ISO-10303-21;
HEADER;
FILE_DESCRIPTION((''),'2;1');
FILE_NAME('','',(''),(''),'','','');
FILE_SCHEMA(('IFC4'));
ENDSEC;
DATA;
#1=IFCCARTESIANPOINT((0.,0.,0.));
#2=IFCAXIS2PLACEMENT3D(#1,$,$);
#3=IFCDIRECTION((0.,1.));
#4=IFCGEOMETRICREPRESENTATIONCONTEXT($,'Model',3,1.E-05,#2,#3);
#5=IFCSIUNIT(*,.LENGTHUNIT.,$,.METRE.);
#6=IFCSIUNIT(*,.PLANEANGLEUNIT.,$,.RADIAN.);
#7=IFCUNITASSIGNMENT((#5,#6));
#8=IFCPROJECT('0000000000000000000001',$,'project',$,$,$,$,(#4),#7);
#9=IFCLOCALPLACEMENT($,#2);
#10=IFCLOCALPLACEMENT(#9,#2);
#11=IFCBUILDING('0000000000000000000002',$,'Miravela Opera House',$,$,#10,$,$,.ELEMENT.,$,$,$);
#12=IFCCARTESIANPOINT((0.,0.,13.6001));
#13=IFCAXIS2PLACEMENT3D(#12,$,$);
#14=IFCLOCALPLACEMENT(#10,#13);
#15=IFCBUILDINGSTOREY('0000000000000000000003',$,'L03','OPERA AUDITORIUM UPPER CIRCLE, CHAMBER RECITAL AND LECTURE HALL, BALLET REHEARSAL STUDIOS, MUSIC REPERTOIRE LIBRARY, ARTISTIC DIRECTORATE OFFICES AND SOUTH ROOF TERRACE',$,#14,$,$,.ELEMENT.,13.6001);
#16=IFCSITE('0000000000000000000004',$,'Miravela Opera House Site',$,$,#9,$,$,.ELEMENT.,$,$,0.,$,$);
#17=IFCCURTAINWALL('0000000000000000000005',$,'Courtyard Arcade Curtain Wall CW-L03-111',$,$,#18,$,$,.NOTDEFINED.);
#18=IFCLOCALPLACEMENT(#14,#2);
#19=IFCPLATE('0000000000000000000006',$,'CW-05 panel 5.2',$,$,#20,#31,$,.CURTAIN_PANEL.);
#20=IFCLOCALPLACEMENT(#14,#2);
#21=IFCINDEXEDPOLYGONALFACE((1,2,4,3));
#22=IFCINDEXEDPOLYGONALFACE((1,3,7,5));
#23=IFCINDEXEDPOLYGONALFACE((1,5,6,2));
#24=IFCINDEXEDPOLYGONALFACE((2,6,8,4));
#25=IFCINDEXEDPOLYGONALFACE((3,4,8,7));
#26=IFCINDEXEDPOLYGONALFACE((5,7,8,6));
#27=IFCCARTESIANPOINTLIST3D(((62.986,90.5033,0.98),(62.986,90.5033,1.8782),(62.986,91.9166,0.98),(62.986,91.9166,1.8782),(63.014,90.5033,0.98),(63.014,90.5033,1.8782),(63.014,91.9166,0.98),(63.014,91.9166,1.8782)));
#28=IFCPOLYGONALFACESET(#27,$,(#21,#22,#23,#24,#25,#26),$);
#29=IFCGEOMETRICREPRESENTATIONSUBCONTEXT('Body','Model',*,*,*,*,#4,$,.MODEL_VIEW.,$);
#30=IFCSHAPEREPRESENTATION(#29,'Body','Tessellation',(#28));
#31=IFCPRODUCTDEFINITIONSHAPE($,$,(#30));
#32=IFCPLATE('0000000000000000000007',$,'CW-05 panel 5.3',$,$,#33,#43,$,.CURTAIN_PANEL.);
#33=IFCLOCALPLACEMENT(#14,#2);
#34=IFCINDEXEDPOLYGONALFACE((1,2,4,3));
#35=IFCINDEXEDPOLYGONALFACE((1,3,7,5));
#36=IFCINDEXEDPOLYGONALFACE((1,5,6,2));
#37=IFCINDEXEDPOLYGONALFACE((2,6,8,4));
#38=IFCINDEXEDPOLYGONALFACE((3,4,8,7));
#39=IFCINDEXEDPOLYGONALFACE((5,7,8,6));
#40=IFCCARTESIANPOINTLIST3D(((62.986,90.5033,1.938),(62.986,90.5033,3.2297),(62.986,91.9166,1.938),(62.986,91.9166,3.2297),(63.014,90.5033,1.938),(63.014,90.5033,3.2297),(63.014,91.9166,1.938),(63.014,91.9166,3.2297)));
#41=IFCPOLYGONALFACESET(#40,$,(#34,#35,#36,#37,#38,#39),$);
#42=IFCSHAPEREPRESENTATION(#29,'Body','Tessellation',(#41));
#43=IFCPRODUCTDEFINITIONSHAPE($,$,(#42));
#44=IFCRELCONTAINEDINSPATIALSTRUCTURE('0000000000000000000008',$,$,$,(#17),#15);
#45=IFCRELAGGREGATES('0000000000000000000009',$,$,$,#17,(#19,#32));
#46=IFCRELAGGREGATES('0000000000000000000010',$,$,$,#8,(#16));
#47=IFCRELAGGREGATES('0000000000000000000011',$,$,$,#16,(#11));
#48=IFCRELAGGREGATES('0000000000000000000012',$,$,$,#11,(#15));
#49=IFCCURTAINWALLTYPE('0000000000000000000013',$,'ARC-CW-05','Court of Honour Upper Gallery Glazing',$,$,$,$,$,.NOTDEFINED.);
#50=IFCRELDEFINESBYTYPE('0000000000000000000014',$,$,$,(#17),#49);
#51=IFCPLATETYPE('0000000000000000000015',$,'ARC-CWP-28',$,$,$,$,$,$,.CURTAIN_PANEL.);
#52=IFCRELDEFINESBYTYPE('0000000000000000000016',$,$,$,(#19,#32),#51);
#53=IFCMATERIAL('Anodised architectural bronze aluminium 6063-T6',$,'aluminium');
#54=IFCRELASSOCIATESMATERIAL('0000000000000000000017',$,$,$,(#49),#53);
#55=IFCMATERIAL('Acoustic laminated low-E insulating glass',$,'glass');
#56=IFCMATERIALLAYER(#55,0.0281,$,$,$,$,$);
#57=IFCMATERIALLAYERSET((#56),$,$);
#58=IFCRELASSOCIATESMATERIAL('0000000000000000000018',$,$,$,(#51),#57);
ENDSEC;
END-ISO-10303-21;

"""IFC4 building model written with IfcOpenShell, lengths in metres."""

from ifc_helpers import new_model, si_unit, direction, frame, origin, origin_2d, place, context, subcontext, project, spatial, rectangle, extrude, material, layer, layer_set, type_object, element, aggregate, save


model = new_model("IFC4")

# Units and contexts
model_context = context("Model", 3, precision=1e-05, world=origin(), true_north=direction((0.0, 1.0)))
body_context = subcontext(model_context, "Body", "Model", "MODEL_VIEW")
ifc_project = project(units=[si_unit("LENGTHUNIT", "METRE"), si_unit("PLANEANGLEUNIT", "RADIAN")], contexts=[model_context])

# Site, building, storey
site_placement = place(None, origin())
site = spatial("IfcSite", under=ifc_project, at=site_placement, Name="Miravela Opera House Site", CompositionType="ELEMENT", RefElevation=0.0)
building_placement = place(site_placement, origin())
building = spatial("IfcBuilding", under=site, at=building_placement, Name="Miravela Opera House", CompositionType="ELEMENT")
storey_placement = place(building_placement, frame((0.0, 0.0, 13.6001)))
storey = spatial("IfcBuildingStorey", under=building, at=storey_placement, Name="L03", Description="OPERA AUDITORIUM UPPER CIRCLE, CHAMBER RECITAL AND LECTURE HALL, BALLET REHEARSAL STUDIOS, MUSIC REPERTOIRE LIBRARY, ARTISTIC DIRECTORATE OFFICES AND SOUTH ROOF TERRACE", CompositionType="ELEMENT", Elevation=13.6001)

# Curtain wall, plates
ifc_material_1 = material(Name="Anodised architectural bronze aluminium 6063-T6", Category="aluminium")
curtain_wall_type = type_object("IfcCurtainWallType", Name="ARC-CW-05", Description="Court of Honour Upper Gallery Glazing", PredefinedType="NOTDEFINED", material=ifc_material_1)
curtain_wall_placement = place(storey_placement, origin())
curtain_wall = element("IfcCurtainWall", 1, at=curtain_wall_placement, inside=storey, type_object=curtain_wall_type, Name="Courtyard Arcade Curtain Wall CW-L03-111", PredefinedType="NOTDEFINED")
ifc_material_2 = material(Name="Acoustic laminated low-E insulating glass", Category="glass")
ifc_layer = layer(ifc_material_2, 0.0281)
ifc_layer_set = layer_set([ifc_layer])
plate_type = type_object("IfcPlateType", Name="ARC-CWP-28", PredefinedType="CURTAIN_PANEL", material=ifc_layer_set)
plate_1_placement = place(storey_placement, frame((63.0, 91.21, 0.98), z_axis=(0.0, 0.0, 1.0), x_axis=(0.0, 1.0, 0.0)))
plate_1 = element("IfcPlate", 2, at=plate_1_placement, type_object=plate_type, Name="CW-05 panel 5.2", PredefinedType="CURTAIN_PANEL", context=body_context, shape_type="SweptSolid", body=[
    extrude(rectangle(XDim=1.4133, YDim=0.0281, at=origin_2d()), origin(), (0.0, 0.0, 1.0), 0.8982),
])
plate_2_placement = place(storey_placement, frame((63.0, 91.21, 1.938), z_axis=(0.0, 0.0, 1.0), x_axis=(0.0, 1.0, 0.0)))
plate_2 = element("IfcPlate", 3, at=plate_2_placement, type_object=plate_type, Name="CW-05 panel 5.3", PredefinedType="CURTAIN_PANEL", context=body_context, shape_type="SweptSolid", body=[
    extrude(rectangle(XDim=1.4133, YDim=0.0281, at=origin_2d()), origin(), (0.0, 0.0, 1.0), 1.2917),
])
aggregate(curtain_wall, [plate_1, plate_2])

save(model, "model.ifc")
